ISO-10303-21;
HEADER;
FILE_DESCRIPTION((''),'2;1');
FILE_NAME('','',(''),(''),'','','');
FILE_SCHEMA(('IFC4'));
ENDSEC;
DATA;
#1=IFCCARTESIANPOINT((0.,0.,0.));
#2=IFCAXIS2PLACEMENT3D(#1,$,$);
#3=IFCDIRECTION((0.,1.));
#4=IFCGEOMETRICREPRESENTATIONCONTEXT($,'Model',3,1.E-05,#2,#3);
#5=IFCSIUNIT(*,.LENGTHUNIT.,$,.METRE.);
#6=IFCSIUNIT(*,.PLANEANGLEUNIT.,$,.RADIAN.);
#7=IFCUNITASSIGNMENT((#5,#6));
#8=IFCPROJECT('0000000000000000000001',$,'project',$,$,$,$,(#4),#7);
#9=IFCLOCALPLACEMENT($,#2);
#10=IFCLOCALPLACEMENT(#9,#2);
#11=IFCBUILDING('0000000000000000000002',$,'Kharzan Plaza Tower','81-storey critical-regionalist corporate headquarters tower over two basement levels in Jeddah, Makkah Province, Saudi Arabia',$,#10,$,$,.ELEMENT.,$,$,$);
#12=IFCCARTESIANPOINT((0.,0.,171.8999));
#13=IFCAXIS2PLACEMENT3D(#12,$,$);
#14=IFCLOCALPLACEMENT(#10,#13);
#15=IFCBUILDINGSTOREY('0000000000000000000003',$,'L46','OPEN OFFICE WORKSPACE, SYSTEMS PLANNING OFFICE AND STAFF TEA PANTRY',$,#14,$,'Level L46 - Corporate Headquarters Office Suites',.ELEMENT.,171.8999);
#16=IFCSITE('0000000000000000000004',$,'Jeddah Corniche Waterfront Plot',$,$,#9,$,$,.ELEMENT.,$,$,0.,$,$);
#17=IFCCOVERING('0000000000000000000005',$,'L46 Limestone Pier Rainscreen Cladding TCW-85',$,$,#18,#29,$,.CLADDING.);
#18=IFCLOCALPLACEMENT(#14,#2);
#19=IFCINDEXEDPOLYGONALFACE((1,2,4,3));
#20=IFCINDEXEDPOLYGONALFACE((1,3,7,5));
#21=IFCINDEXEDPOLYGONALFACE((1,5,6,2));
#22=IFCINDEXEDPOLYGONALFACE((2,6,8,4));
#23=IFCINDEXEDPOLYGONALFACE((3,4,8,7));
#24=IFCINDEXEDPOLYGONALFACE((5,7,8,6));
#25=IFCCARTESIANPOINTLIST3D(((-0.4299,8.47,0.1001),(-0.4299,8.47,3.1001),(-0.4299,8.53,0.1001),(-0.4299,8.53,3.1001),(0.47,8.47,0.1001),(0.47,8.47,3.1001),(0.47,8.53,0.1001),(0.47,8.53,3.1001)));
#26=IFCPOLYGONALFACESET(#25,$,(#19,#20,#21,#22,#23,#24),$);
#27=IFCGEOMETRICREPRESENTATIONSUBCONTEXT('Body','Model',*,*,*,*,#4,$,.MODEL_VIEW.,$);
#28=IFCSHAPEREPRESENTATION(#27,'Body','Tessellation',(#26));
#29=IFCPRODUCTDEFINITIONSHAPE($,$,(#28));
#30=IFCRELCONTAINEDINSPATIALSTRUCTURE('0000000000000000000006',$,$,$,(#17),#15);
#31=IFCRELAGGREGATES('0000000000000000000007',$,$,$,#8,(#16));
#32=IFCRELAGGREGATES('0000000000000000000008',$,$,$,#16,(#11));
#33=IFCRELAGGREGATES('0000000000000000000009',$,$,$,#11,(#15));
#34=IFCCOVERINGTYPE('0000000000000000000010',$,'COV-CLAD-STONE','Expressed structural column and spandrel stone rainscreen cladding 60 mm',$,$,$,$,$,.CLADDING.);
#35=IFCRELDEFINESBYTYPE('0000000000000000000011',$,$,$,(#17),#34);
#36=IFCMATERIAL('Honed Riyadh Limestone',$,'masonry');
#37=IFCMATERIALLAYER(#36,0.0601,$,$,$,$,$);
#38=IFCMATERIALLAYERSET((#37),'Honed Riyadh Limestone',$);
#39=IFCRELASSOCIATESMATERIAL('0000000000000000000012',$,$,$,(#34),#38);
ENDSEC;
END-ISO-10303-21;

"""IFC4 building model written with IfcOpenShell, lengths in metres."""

from ifc_helpers import new_model, si_unit, direction, frame, origin, origin_2d, place, context, subcontext, project, spatial, rectangle, extrude, source, transform, mapped, material, layer, layer_set, type_object, element, save


model = new_model("IFC4")

# Units and contexts
model_context = context("Model", 3, precision=1e-05, world=origin(), true_north=direction((0.0, 1.0)))
body_context = subcontext(model_context, "Body", "Model", "MODEL_VIEW")
ifc_project = project(units=[si_unit("LENGTHUNIT", "METRE"), si_unit("PLANEANGLEUNIT", "RADIAN")], contexts=[model_context])

# Site, building, storey
site_placement = place(None, origin())
site = spatial("IfcSite", under=ifc_project, at=site_placement, Name="Jeddah Corniche Waterfront Plot", CompositionType="ELEMENT", RefElevation=0.0)
building_placement = place(site_placement, origin())
building = spatial("IfcBuilding", under=site, at=building_placement, Name="Kharzan Plaza Tower", Description="81-storey critical-regionalist corporate headquarters tower over two basement levels in Jeddah, Makkah Province, Saudi Arabia", CompositionType="ELEMENT")
storey_placement = place(building_placement, frame((0.0, 0.0, 171.8999)))
storey = spatial("IfcBuildingStorey", under=building, at=storey_placement, Name="L46", Description="OPEN OFFICE WORKSPACE, SYSTEMS PLANNING OFFICE AND STAFF TEA PANTRY", LongName="Level L46 - Corporate Headquarters Office Suites", CompositionType="ELEMENT", Elevation=171.8999)

# Covering
ifc_material_1 = material(Name="Honed Riyadh Limestone", Category="masonry")
ifc_layer_1 = layer(ifc_material_1, 0.0601)
ifc_layer_set_1 = layer_set([ifc_layer_1], Name="Honed Riyadh Limestone")
covering_type = type_object("IfcCoveringType", Name="COV-CLAD-STONE", Description="Expressed structural column and spandrel stone rainscreen cladding 60 mm", PredefinedType="CLADDING", material=ifc_layer_set_1)
shared_shape_1 = source(origin(), body_context, "Body", "SweptSolid", [
    extrude(rectangle(XDim=0.0601, YDim=0.8999, at=origin_2d()), origin(), (0.0, 0.0, 1.0), 3.0),
])
for number, where, z_axis, x_axis, name in (
    (1, (0.02, 8.5, 0.1001), (0.0, 0.0, 1.0), (0.0, 1.0, 0.0), "L46 Limestone Pier Rainscreen Cladding TCW-85"),
):
    element("IfcCovering", number, at=place(storey_placement, frame(where, z_axis=z_axis, x_axis=x_axis)), inside=storey, type_object=covering_type, Name=name, PredefinedType="CLADDING", context=body_context, shape_type="MappedRepresentation", body=[
        mapped(shared_shape_1, transform((0.0, 0.0, 0.0), x_axis=(1.0, 0.0, 0.0), y_axis=(0.0, 1.0, 0.0), z_axis=(0.0, 0.0, 1.0))),
    ])

save(model, "model.ifc")
